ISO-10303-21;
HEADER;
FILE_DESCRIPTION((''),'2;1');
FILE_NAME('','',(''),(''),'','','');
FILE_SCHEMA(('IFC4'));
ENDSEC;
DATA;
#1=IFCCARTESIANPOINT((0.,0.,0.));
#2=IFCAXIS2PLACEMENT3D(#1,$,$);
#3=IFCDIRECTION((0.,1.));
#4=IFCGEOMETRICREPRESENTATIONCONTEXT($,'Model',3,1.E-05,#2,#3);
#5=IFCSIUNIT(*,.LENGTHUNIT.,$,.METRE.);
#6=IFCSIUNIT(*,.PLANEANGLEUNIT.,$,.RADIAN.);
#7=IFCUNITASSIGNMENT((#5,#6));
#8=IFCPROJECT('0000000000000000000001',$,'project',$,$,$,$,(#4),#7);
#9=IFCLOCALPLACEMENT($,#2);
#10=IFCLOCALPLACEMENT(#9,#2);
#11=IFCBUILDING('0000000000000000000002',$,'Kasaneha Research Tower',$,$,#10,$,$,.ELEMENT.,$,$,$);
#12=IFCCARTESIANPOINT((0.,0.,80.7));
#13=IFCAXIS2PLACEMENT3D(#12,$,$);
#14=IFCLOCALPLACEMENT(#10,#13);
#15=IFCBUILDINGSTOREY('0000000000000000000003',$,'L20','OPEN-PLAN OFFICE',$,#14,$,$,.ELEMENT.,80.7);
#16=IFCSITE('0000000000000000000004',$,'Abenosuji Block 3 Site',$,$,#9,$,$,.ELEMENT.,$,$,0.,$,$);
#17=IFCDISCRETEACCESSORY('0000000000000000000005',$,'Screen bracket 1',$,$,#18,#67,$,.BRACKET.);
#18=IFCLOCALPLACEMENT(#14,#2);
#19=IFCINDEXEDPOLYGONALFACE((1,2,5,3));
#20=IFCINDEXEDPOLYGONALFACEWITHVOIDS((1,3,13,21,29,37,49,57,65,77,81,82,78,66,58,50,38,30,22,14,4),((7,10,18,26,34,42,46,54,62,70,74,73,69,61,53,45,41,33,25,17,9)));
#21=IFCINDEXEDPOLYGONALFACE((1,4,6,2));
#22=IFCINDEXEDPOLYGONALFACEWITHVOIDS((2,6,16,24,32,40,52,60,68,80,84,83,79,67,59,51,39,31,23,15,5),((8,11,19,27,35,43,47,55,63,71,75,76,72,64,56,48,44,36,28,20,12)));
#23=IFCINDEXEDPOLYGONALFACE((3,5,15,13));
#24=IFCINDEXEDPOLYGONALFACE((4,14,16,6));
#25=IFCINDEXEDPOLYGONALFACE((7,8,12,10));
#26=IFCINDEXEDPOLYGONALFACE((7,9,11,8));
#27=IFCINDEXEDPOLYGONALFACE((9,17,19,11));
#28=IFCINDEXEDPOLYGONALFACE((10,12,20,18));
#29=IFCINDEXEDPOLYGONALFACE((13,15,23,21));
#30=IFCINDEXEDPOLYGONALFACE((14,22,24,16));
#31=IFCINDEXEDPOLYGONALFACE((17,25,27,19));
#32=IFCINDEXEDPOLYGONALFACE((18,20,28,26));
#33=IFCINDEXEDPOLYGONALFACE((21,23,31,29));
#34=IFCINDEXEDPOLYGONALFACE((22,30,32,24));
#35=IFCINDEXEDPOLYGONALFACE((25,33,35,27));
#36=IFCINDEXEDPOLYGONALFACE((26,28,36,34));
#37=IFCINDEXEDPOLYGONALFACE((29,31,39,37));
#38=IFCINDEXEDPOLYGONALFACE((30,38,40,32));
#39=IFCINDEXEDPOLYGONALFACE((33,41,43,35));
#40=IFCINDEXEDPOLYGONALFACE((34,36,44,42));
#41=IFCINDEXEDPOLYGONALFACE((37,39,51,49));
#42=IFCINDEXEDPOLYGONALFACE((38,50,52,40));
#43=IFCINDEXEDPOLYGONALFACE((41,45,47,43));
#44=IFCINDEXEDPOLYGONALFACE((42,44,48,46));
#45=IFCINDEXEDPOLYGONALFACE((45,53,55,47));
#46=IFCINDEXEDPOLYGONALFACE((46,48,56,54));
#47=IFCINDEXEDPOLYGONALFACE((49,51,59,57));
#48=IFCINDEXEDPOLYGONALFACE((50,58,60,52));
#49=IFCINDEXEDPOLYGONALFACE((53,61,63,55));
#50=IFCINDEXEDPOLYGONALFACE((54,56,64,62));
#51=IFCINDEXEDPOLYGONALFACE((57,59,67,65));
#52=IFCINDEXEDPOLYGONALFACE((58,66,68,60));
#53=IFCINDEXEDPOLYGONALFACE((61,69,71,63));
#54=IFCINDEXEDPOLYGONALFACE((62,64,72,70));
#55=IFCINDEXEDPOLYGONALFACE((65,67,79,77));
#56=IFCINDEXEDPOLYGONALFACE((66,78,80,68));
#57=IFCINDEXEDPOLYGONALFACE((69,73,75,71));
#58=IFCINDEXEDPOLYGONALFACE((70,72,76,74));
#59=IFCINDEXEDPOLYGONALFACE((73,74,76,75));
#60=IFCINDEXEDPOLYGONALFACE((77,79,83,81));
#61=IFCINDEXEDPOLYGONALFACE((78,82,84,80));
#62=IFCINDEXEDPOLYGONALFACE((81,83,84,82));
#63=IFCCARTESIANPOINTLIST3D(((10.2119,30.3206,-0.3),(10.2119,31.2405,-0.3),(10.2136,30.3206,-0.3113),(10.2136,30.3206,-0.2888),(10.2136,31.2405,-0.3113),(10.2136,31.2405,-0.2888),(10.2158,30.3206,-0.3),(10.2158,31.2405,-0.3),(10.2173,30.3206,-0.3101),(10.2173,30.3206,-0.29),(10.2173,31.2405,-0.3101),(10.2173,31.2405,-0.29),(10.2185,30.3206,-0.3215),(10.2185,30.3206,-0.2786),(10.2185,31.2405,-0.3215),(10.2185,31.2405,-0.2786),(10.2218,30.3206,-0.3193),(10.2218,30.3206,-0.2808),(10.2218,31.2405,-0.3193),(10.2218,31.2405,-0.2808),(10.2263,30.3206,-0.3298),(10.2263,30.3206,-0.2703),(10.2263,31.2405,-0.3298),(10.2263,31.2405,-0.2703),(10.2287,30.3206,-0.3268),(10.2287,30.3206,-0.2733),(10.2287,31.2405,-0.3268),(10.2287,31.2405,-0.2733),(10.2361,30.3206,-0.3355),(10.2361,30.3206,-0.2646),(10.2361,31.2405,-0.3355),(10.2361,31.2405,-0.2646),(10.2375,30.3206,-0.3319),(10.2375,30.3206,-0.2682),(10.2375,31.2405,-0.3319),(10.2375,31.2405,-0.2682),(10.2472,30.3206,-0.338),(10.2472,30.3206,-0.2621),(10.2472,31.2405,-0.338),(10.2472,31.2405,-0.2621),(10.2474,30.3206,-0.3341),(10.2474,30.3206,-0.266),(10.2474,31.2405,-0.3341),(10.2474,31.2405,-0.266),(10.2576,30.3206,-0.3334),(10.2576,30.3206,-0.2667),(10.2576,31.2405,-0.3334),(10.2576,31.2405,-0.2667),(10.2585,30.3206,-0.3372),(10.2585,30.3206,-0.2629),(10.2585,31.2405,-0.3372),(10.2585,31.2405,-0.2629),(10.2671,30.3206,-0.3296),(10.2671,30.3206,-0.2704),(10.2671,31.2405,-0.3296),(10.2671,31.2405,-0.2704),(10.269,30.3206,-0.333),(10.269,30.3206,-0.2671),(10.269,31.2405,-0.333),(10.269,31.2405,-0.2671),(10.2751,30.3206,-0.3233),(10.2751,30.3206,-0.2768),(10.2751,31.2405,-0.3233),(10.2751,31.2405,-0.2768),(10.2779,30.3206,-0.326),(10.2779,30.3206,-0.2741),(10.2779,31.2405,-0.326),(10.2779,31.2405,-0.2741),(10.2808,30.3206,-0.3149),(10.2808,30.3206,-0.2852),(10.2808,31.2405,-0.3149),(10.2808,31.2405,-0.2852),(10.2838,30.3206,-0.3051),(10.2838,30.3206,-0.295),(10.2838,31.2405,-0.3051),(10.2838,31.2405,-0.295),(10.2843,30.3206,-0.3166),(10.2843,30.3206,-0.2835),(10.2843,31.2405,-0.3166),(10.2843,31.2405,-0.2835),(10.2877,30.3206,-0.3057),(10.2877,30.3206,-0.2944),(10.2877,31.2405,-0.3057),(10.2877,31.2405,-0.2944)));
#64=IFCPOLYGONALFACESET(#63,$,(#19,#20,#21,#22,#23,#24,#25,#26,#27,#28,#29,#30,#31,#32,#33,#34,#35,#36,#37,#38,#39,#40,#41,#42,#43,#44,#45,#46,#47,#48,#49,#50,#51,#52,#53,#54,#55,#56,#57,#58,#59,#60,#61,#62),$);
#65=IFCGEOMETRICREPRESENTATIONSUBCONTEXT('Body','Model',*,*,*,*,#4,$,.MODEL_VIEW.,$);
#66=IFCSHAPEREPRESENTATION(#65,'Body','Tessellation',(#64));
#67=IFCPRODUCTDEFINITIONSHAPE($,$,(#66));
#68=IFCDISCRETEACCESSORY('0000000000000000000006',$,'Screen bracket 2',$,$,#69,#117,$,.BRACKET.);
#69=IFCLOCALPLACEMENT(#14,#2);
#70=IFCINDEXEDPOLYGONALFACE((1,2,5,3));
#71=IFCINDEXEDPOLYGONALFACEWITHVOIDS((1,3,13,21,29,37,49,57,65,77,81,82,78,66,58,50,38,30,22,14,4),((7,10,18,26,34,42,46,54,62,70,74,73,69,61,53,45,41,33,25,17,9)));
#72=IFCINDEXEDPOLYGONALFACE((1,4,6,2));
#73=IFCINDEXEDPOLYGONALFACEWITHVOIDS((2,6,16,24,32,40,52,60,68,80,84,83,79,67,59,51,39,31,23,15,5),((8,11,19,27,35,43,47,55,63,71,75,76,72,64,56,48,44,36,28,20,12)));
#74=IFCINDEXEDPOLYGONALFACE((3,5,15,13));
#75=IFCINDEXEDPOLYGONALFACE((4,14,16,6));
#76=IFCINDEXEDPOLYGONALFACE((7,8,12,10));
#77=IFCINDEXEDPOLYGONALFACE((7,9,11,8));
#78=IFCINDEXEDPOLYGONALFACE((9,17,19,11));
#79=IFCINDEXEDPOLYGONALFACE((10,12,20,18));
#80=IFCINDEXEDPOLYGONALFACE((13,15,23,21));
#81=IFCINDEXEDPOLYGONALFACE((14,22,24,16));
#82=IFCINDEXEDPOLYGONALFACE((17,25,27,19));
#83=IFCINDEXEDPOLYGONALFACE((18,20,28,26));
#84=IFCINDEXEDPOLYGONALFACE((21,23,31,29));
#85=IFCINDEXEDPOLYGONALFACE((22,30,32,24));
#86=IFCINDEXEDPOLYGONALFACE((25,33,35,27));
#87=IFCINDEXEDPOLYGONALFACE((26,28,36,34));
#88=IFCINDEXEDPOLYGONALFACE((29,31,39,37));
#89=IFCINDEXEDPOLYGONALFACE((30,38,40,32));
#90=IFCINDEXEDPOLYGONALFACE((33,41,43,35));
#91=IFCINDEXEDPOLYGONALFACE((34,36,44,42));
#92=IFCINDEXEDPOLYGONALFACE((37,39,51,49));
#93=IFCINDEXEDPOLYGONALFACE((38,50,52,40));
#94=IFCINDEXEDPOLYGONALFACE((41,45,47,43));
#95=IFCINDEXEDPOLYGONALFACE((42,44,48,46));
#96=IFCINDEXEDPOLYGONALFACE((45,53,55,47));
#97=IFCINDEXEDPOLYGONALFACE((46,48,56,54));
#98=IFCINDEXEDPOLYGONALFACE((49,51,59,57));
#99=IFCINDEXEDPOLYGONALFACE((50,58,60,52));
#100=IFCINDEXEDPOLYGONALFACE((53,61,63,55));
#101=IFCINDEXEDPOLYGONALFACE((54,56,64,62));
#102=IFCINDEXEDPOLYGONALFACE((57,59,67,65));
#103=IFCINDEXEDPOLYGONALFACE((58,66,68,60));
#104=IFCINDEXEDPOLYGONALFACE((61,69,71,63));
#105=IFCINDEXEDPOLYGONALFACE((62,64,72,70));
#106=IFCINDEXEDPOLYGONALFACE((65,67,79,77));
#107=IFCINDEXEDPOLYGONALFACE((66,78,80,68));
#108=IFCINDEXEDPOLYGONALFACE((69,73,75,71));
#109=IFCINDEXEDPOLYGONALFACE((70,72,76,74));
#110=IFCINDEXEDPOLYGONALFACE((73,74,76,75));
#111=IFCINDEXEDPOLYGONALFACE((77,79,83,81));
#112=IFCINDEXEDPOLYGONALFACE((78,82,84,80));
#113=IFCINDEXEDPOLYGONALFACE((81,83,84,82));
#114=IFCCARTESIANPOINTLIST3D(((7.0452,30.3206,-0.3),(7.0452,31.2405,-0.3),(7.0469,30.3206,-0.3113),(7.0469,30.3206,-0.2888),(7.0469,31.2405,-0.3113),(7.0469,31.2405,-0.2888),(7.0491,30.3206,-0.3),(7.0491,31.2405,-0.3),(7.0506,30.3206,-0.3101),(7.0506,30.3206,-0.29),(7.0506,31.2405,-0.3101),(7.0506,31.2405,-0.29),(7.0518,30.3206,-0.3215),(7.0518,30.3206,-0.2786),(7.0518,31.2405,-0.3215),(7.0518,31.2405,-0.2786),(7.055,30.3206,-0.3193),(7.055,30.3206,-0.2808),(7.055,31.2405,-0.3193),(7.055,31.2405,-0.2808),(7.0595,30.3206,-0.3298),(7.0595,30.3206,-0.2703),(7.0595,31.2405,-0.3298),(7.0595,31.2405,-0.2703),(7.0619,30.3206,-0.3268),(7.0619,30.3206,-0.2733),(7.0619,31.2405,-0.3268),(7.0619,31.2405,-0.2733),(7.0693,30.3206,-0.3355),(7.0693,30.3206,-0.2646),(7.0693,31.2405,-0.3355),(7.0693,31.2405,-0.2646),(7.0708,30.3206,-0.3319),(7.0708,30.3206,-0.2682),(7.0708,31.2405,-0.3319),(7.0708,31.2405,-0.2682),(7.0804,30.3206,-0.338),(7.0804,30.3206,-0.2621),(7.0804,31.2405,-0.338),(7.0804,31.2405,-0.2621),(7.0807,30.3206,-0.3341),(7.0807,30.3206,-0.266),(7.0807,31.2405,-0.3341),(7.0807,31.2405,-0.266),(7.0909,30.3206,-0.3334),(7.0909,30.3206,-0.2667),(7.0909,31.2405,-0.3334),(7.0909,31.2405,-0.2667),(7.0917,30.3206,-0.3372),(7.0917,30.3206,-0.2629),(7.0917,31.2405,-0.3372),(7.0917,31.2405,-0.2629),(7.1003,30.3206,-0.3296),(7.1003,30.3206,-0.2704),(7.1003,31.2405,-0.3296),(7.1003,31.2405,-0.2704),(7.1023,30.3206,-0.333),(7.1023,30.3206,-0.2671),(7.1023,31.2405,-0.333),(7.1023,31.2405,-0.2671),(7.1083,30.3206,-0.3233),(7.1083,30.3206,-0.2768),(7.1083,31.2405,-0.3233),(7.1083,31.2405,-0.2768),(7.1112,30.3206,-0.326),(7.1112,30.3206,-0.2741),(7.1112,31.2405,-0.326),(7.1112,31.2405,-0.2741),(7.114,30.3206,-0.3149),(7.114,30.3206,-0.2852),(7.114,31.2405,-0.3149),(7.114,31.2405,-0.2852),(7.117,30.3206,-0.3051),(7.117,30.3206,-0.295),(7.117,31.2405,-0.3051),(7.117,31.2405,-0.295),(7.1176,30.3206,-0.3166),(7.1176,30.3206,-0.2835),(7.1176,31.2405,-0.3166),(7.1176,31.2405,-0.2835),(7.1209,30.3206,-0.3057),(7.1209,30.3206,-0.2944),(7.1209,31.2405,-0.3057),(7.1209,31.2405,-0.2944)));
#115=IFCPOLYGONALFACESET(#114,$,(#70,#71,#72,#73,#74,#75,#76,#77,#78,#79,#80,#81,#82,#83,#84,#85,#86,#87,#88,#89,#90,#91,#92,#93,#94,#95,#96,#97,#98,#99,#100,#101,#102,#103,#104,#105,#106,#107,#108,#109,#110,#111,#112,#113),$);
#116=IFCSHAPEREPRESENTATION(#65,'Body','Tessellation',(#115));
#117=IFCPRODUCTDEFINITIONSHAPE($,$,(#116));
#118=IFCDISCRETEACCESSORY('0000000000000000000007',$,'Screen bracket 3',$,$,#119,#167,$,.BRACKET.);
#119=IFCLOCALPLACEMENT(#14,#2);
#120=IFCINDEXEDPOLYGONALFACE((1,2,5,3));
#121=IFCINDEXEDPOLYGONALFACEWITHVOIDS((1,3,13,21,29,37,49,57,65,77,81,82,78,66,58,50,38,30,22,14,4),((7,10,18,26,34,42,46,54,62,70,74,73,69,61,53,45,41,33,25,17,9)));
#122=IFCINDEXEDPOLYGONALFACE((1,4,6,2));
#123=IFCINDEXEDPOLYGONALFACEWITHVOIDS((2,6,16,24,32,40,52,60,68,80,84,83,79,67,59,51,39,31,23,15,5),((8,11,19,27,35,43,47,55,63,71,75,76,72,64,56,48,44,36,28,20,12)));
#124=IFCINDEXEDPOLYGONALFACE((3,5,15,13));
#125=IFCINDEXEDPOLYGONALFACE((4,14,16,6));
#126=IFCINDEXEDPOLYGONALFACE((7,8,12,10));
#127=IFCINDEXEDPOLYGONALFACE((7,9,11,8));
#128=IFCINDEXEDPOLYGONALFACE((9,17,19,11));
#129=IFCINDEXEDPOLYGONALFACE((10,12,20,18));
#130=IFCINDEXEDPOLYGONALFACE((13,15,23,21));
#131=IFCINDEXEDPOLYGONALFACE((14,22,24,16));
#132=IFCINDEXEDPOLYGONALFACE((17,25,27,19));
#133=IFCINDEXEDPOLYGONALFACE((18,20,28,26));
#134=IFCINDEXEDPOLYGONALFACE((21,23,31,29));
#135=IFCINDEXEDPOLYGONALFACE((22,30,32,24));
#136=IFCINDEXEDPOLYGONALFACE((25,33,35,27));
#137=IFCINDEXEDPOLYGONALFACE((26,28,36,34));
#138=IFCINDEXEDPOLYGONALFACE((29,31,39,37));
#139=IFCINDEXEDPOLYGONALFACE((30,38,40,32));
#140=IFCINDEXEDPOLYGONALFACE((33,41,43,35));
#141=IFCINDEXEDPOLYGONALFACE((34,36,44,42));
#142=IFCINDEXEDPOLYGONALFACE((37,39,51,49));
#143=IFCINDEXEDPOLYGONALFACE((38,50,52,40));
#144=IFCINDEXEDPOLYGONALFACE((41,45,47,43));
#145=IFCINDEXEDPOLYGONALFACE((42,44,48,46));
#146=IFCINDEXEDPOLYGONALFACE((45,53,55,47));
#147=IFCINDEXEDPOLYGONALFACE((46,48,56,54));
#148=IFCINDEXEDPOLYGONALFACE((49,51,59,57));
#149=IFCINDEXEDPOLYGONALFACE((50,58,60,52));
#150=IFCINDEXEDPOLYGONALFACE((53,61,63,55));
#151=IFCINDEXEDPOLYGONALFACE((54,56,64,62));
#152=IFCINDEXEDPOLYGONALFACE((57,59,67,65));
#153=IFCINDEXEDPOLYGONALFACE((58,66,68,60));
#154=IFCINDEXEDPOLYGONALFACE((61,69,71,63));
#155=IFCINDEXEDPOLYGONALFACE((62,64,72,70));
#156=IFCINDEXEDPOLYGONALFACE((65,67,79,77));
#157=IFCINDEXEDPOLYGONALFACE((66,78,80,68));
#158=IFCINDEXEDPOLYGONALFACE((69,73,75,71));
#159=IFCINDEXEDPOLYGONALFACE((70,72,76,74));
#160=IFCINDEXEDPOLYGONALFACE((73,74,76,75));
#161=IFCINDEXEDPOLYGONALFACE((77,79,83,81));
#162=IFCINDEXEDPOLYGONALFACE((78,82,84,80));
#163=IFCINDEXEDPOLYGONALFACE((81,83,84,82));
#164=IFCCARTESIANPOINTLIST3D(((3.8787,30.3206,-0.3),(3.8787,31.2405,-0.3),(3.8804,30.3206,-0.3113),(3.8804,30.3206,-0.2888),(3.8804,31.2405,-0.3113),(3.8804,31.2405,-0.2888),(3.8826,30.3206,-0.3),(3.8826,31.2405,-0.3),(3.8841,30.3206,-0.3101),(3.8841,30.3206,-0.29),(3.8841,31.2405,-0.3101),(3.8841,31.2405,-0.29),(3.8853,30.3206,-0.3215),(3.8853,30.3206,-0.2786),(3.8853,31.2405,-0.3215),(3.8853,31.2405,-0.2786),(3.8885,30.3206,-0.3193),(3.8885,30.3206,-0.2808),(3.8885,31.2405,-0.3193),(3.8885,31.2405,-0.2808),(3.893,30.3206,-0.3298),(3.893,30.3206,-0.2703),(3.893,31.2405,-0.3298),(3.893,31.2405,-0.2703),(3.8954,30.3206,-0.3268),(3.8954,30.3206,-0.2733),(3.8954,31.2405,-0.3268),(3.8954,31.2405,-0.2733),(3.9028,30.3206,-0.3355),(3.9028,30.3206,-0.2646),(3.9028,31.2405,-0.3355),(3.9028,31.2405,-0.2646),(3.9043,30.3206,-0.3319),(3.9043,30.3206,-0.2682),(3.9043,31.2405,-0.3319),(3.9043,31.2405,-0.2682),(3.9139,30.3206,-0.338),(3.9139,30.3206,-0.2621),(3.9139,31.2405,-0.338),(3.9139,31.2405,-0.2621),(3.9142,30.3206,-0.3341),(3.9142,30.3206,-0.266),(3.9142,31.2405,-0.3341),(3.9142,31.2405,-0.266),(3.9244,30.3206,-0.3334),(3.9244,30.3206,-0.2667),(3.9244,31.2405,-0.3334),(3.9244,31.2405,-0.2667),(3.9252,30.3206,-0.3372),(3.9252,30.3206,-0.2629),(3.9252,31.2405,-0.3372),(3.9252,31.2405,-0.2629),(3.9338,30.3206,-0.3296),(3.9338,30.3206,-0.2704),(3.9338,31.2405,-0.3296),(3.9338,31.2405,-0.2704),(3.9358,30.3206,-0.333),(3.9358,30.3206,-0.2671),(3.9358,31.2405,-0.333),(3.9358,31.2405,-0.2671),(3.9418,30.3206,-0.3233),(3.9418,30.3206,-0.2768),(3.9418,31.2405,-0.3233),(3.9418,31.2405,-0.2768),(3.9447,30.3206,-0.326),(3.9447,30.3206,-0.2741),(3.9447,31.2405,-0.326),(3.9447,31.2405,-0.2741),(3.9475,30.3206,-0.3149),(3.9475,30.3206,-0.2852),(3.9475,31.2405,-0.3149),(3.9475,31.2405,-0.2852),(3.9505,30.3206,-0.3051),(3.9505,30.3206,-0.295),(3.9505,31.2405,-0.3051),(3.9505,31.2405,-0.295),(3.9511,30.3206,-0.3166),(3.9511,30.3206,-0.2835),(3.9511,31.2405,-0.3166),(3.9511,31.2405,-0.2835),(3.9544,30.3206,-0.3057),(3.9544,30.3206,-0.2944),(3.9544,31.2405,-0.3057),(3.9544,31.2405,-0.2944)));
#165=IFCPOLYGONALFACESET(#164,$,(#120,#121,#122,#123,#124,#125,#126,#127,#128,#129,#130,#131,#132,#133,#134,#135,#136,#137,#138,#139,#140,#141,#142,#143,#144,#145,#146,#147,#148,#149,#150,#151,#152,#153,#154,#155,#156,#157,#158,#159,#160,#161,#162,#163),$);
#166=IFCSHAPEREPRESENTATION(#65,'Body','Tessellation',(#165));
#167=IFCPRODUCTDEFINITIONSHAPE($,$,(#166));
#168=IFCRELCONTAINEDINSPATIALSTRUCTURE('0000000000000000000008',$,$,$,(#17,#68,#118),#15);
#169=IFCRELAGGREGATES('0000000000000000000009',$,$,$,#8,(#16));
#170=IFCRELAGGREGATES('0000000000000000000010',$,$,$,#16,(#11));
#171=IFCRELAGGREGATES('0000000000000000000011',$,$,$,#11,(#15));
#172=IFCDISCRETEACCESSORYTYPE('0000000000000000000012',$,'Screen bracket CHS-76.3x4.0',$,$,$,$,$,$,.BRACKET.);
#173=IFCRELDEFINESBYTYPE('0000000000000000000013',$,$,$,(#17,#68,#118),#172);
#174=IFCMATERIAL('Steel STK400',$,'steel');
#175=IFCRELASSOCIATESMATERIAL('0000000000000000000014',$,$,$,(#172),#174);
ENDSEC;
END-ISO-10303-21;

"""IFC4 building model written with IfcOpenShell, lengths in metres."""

from ifc_helpers import new_model, si_unit, direction, frame, origin, origin_2d, place, context, subcontext, project, spatial, hollow_circle, extrude, material, material_profile, profile_set, type_object, element, save


model = new_model("IFC4")

# Units and contexts
model_context = context("Model", 3, precision=1e-05, world=origin(), true_north=direction((0.0, 1.0)))
body_context = subcontext(model_context, "Body", "Model", "MODEL_VIEW")
ifc_project = project(units=[si_unit("LENGTHUNIT", "METRE"), si_unit("PLANEANGLEUNIT", "RADIAN")], contexts=[model_context])

# Site, building, storey
site_placement = place(None, origin())
site = spatial("IfcSite", under=ifc_project, at=site_placement, Name="Abenosuji Block 3 Site", CompositionType="ELEMENT", RefElevation=0.0)
building_placement = place(site_placement, origin())
building = spatial("IfcBuilding", under=site, at=building_placement, Name="Kasaneha Research Tower", CompositionType="ELEMENT")
storey_placement = place(building_placement, frame((0.0, 0.0, 80.7)))
storey = spatial("IfcBuildingStorey", under=building, at=storey_placement, Name="L20", Description="OPEN-PLAN OFFICE", CompositionType="ELEMENT", Elevation=80.7)

# Discrete accessories
ifc_material_1 = material(Name="Steel STK400", Category="steel")
ifc_material_profile_1 = material_profile(ifc_material_1, hollow_circle(Radius=0.0381, WallThickness=0.0039, at=origin_2d()), Name="CHS-76.3x4.0")
ifc_profile_set_1 = profile_set([ifc_material_profile_1], Name="Steel STK400")
discrete_accessory_type = type_object("IfcDiscreteAccessoryType", Name="Screen bracket CHS-76.3x4.0", PredefinedType="BRACKET", material=ifc_profile_set_1)
for number, where, z_axis, x_axis, name in (
    (1, (10.25, 30.3206, -0.3), (0.0, 1.0, 0.0), (-1.0, 0.0, 0.0), "Screen bracket 1"),
    (2, (7.0833, 30.3206, -0.3), (0.0, 1.0, 0.0), (-1.0, 0.0, 0.0), "Screen bracket 2"),
    (3, (3.9167, 30.3206, -0.3), (0.0, 1.0, 0.0), (-1.0, 0.0, 0.0), "Screen bracket 3"),
):
    element("IfcDiscreteAccessory", number, at=place(storey_placement, frame(where, z_axis=z_axis, x_axis=x_axis)), inside=storey, type_object=discrete_accessory_type, Name=name, PredefinedType="BRACKET", context=body_context, shape_type="SweptSolid", body=[
        extrude(hollow_circle(Radius=0.0381, WallThickness=0.0039, at=origin_2d()), origin(), (0.0, 0.0, 1.0), 0.9199),
    ])

save(model, "model.ifc")
